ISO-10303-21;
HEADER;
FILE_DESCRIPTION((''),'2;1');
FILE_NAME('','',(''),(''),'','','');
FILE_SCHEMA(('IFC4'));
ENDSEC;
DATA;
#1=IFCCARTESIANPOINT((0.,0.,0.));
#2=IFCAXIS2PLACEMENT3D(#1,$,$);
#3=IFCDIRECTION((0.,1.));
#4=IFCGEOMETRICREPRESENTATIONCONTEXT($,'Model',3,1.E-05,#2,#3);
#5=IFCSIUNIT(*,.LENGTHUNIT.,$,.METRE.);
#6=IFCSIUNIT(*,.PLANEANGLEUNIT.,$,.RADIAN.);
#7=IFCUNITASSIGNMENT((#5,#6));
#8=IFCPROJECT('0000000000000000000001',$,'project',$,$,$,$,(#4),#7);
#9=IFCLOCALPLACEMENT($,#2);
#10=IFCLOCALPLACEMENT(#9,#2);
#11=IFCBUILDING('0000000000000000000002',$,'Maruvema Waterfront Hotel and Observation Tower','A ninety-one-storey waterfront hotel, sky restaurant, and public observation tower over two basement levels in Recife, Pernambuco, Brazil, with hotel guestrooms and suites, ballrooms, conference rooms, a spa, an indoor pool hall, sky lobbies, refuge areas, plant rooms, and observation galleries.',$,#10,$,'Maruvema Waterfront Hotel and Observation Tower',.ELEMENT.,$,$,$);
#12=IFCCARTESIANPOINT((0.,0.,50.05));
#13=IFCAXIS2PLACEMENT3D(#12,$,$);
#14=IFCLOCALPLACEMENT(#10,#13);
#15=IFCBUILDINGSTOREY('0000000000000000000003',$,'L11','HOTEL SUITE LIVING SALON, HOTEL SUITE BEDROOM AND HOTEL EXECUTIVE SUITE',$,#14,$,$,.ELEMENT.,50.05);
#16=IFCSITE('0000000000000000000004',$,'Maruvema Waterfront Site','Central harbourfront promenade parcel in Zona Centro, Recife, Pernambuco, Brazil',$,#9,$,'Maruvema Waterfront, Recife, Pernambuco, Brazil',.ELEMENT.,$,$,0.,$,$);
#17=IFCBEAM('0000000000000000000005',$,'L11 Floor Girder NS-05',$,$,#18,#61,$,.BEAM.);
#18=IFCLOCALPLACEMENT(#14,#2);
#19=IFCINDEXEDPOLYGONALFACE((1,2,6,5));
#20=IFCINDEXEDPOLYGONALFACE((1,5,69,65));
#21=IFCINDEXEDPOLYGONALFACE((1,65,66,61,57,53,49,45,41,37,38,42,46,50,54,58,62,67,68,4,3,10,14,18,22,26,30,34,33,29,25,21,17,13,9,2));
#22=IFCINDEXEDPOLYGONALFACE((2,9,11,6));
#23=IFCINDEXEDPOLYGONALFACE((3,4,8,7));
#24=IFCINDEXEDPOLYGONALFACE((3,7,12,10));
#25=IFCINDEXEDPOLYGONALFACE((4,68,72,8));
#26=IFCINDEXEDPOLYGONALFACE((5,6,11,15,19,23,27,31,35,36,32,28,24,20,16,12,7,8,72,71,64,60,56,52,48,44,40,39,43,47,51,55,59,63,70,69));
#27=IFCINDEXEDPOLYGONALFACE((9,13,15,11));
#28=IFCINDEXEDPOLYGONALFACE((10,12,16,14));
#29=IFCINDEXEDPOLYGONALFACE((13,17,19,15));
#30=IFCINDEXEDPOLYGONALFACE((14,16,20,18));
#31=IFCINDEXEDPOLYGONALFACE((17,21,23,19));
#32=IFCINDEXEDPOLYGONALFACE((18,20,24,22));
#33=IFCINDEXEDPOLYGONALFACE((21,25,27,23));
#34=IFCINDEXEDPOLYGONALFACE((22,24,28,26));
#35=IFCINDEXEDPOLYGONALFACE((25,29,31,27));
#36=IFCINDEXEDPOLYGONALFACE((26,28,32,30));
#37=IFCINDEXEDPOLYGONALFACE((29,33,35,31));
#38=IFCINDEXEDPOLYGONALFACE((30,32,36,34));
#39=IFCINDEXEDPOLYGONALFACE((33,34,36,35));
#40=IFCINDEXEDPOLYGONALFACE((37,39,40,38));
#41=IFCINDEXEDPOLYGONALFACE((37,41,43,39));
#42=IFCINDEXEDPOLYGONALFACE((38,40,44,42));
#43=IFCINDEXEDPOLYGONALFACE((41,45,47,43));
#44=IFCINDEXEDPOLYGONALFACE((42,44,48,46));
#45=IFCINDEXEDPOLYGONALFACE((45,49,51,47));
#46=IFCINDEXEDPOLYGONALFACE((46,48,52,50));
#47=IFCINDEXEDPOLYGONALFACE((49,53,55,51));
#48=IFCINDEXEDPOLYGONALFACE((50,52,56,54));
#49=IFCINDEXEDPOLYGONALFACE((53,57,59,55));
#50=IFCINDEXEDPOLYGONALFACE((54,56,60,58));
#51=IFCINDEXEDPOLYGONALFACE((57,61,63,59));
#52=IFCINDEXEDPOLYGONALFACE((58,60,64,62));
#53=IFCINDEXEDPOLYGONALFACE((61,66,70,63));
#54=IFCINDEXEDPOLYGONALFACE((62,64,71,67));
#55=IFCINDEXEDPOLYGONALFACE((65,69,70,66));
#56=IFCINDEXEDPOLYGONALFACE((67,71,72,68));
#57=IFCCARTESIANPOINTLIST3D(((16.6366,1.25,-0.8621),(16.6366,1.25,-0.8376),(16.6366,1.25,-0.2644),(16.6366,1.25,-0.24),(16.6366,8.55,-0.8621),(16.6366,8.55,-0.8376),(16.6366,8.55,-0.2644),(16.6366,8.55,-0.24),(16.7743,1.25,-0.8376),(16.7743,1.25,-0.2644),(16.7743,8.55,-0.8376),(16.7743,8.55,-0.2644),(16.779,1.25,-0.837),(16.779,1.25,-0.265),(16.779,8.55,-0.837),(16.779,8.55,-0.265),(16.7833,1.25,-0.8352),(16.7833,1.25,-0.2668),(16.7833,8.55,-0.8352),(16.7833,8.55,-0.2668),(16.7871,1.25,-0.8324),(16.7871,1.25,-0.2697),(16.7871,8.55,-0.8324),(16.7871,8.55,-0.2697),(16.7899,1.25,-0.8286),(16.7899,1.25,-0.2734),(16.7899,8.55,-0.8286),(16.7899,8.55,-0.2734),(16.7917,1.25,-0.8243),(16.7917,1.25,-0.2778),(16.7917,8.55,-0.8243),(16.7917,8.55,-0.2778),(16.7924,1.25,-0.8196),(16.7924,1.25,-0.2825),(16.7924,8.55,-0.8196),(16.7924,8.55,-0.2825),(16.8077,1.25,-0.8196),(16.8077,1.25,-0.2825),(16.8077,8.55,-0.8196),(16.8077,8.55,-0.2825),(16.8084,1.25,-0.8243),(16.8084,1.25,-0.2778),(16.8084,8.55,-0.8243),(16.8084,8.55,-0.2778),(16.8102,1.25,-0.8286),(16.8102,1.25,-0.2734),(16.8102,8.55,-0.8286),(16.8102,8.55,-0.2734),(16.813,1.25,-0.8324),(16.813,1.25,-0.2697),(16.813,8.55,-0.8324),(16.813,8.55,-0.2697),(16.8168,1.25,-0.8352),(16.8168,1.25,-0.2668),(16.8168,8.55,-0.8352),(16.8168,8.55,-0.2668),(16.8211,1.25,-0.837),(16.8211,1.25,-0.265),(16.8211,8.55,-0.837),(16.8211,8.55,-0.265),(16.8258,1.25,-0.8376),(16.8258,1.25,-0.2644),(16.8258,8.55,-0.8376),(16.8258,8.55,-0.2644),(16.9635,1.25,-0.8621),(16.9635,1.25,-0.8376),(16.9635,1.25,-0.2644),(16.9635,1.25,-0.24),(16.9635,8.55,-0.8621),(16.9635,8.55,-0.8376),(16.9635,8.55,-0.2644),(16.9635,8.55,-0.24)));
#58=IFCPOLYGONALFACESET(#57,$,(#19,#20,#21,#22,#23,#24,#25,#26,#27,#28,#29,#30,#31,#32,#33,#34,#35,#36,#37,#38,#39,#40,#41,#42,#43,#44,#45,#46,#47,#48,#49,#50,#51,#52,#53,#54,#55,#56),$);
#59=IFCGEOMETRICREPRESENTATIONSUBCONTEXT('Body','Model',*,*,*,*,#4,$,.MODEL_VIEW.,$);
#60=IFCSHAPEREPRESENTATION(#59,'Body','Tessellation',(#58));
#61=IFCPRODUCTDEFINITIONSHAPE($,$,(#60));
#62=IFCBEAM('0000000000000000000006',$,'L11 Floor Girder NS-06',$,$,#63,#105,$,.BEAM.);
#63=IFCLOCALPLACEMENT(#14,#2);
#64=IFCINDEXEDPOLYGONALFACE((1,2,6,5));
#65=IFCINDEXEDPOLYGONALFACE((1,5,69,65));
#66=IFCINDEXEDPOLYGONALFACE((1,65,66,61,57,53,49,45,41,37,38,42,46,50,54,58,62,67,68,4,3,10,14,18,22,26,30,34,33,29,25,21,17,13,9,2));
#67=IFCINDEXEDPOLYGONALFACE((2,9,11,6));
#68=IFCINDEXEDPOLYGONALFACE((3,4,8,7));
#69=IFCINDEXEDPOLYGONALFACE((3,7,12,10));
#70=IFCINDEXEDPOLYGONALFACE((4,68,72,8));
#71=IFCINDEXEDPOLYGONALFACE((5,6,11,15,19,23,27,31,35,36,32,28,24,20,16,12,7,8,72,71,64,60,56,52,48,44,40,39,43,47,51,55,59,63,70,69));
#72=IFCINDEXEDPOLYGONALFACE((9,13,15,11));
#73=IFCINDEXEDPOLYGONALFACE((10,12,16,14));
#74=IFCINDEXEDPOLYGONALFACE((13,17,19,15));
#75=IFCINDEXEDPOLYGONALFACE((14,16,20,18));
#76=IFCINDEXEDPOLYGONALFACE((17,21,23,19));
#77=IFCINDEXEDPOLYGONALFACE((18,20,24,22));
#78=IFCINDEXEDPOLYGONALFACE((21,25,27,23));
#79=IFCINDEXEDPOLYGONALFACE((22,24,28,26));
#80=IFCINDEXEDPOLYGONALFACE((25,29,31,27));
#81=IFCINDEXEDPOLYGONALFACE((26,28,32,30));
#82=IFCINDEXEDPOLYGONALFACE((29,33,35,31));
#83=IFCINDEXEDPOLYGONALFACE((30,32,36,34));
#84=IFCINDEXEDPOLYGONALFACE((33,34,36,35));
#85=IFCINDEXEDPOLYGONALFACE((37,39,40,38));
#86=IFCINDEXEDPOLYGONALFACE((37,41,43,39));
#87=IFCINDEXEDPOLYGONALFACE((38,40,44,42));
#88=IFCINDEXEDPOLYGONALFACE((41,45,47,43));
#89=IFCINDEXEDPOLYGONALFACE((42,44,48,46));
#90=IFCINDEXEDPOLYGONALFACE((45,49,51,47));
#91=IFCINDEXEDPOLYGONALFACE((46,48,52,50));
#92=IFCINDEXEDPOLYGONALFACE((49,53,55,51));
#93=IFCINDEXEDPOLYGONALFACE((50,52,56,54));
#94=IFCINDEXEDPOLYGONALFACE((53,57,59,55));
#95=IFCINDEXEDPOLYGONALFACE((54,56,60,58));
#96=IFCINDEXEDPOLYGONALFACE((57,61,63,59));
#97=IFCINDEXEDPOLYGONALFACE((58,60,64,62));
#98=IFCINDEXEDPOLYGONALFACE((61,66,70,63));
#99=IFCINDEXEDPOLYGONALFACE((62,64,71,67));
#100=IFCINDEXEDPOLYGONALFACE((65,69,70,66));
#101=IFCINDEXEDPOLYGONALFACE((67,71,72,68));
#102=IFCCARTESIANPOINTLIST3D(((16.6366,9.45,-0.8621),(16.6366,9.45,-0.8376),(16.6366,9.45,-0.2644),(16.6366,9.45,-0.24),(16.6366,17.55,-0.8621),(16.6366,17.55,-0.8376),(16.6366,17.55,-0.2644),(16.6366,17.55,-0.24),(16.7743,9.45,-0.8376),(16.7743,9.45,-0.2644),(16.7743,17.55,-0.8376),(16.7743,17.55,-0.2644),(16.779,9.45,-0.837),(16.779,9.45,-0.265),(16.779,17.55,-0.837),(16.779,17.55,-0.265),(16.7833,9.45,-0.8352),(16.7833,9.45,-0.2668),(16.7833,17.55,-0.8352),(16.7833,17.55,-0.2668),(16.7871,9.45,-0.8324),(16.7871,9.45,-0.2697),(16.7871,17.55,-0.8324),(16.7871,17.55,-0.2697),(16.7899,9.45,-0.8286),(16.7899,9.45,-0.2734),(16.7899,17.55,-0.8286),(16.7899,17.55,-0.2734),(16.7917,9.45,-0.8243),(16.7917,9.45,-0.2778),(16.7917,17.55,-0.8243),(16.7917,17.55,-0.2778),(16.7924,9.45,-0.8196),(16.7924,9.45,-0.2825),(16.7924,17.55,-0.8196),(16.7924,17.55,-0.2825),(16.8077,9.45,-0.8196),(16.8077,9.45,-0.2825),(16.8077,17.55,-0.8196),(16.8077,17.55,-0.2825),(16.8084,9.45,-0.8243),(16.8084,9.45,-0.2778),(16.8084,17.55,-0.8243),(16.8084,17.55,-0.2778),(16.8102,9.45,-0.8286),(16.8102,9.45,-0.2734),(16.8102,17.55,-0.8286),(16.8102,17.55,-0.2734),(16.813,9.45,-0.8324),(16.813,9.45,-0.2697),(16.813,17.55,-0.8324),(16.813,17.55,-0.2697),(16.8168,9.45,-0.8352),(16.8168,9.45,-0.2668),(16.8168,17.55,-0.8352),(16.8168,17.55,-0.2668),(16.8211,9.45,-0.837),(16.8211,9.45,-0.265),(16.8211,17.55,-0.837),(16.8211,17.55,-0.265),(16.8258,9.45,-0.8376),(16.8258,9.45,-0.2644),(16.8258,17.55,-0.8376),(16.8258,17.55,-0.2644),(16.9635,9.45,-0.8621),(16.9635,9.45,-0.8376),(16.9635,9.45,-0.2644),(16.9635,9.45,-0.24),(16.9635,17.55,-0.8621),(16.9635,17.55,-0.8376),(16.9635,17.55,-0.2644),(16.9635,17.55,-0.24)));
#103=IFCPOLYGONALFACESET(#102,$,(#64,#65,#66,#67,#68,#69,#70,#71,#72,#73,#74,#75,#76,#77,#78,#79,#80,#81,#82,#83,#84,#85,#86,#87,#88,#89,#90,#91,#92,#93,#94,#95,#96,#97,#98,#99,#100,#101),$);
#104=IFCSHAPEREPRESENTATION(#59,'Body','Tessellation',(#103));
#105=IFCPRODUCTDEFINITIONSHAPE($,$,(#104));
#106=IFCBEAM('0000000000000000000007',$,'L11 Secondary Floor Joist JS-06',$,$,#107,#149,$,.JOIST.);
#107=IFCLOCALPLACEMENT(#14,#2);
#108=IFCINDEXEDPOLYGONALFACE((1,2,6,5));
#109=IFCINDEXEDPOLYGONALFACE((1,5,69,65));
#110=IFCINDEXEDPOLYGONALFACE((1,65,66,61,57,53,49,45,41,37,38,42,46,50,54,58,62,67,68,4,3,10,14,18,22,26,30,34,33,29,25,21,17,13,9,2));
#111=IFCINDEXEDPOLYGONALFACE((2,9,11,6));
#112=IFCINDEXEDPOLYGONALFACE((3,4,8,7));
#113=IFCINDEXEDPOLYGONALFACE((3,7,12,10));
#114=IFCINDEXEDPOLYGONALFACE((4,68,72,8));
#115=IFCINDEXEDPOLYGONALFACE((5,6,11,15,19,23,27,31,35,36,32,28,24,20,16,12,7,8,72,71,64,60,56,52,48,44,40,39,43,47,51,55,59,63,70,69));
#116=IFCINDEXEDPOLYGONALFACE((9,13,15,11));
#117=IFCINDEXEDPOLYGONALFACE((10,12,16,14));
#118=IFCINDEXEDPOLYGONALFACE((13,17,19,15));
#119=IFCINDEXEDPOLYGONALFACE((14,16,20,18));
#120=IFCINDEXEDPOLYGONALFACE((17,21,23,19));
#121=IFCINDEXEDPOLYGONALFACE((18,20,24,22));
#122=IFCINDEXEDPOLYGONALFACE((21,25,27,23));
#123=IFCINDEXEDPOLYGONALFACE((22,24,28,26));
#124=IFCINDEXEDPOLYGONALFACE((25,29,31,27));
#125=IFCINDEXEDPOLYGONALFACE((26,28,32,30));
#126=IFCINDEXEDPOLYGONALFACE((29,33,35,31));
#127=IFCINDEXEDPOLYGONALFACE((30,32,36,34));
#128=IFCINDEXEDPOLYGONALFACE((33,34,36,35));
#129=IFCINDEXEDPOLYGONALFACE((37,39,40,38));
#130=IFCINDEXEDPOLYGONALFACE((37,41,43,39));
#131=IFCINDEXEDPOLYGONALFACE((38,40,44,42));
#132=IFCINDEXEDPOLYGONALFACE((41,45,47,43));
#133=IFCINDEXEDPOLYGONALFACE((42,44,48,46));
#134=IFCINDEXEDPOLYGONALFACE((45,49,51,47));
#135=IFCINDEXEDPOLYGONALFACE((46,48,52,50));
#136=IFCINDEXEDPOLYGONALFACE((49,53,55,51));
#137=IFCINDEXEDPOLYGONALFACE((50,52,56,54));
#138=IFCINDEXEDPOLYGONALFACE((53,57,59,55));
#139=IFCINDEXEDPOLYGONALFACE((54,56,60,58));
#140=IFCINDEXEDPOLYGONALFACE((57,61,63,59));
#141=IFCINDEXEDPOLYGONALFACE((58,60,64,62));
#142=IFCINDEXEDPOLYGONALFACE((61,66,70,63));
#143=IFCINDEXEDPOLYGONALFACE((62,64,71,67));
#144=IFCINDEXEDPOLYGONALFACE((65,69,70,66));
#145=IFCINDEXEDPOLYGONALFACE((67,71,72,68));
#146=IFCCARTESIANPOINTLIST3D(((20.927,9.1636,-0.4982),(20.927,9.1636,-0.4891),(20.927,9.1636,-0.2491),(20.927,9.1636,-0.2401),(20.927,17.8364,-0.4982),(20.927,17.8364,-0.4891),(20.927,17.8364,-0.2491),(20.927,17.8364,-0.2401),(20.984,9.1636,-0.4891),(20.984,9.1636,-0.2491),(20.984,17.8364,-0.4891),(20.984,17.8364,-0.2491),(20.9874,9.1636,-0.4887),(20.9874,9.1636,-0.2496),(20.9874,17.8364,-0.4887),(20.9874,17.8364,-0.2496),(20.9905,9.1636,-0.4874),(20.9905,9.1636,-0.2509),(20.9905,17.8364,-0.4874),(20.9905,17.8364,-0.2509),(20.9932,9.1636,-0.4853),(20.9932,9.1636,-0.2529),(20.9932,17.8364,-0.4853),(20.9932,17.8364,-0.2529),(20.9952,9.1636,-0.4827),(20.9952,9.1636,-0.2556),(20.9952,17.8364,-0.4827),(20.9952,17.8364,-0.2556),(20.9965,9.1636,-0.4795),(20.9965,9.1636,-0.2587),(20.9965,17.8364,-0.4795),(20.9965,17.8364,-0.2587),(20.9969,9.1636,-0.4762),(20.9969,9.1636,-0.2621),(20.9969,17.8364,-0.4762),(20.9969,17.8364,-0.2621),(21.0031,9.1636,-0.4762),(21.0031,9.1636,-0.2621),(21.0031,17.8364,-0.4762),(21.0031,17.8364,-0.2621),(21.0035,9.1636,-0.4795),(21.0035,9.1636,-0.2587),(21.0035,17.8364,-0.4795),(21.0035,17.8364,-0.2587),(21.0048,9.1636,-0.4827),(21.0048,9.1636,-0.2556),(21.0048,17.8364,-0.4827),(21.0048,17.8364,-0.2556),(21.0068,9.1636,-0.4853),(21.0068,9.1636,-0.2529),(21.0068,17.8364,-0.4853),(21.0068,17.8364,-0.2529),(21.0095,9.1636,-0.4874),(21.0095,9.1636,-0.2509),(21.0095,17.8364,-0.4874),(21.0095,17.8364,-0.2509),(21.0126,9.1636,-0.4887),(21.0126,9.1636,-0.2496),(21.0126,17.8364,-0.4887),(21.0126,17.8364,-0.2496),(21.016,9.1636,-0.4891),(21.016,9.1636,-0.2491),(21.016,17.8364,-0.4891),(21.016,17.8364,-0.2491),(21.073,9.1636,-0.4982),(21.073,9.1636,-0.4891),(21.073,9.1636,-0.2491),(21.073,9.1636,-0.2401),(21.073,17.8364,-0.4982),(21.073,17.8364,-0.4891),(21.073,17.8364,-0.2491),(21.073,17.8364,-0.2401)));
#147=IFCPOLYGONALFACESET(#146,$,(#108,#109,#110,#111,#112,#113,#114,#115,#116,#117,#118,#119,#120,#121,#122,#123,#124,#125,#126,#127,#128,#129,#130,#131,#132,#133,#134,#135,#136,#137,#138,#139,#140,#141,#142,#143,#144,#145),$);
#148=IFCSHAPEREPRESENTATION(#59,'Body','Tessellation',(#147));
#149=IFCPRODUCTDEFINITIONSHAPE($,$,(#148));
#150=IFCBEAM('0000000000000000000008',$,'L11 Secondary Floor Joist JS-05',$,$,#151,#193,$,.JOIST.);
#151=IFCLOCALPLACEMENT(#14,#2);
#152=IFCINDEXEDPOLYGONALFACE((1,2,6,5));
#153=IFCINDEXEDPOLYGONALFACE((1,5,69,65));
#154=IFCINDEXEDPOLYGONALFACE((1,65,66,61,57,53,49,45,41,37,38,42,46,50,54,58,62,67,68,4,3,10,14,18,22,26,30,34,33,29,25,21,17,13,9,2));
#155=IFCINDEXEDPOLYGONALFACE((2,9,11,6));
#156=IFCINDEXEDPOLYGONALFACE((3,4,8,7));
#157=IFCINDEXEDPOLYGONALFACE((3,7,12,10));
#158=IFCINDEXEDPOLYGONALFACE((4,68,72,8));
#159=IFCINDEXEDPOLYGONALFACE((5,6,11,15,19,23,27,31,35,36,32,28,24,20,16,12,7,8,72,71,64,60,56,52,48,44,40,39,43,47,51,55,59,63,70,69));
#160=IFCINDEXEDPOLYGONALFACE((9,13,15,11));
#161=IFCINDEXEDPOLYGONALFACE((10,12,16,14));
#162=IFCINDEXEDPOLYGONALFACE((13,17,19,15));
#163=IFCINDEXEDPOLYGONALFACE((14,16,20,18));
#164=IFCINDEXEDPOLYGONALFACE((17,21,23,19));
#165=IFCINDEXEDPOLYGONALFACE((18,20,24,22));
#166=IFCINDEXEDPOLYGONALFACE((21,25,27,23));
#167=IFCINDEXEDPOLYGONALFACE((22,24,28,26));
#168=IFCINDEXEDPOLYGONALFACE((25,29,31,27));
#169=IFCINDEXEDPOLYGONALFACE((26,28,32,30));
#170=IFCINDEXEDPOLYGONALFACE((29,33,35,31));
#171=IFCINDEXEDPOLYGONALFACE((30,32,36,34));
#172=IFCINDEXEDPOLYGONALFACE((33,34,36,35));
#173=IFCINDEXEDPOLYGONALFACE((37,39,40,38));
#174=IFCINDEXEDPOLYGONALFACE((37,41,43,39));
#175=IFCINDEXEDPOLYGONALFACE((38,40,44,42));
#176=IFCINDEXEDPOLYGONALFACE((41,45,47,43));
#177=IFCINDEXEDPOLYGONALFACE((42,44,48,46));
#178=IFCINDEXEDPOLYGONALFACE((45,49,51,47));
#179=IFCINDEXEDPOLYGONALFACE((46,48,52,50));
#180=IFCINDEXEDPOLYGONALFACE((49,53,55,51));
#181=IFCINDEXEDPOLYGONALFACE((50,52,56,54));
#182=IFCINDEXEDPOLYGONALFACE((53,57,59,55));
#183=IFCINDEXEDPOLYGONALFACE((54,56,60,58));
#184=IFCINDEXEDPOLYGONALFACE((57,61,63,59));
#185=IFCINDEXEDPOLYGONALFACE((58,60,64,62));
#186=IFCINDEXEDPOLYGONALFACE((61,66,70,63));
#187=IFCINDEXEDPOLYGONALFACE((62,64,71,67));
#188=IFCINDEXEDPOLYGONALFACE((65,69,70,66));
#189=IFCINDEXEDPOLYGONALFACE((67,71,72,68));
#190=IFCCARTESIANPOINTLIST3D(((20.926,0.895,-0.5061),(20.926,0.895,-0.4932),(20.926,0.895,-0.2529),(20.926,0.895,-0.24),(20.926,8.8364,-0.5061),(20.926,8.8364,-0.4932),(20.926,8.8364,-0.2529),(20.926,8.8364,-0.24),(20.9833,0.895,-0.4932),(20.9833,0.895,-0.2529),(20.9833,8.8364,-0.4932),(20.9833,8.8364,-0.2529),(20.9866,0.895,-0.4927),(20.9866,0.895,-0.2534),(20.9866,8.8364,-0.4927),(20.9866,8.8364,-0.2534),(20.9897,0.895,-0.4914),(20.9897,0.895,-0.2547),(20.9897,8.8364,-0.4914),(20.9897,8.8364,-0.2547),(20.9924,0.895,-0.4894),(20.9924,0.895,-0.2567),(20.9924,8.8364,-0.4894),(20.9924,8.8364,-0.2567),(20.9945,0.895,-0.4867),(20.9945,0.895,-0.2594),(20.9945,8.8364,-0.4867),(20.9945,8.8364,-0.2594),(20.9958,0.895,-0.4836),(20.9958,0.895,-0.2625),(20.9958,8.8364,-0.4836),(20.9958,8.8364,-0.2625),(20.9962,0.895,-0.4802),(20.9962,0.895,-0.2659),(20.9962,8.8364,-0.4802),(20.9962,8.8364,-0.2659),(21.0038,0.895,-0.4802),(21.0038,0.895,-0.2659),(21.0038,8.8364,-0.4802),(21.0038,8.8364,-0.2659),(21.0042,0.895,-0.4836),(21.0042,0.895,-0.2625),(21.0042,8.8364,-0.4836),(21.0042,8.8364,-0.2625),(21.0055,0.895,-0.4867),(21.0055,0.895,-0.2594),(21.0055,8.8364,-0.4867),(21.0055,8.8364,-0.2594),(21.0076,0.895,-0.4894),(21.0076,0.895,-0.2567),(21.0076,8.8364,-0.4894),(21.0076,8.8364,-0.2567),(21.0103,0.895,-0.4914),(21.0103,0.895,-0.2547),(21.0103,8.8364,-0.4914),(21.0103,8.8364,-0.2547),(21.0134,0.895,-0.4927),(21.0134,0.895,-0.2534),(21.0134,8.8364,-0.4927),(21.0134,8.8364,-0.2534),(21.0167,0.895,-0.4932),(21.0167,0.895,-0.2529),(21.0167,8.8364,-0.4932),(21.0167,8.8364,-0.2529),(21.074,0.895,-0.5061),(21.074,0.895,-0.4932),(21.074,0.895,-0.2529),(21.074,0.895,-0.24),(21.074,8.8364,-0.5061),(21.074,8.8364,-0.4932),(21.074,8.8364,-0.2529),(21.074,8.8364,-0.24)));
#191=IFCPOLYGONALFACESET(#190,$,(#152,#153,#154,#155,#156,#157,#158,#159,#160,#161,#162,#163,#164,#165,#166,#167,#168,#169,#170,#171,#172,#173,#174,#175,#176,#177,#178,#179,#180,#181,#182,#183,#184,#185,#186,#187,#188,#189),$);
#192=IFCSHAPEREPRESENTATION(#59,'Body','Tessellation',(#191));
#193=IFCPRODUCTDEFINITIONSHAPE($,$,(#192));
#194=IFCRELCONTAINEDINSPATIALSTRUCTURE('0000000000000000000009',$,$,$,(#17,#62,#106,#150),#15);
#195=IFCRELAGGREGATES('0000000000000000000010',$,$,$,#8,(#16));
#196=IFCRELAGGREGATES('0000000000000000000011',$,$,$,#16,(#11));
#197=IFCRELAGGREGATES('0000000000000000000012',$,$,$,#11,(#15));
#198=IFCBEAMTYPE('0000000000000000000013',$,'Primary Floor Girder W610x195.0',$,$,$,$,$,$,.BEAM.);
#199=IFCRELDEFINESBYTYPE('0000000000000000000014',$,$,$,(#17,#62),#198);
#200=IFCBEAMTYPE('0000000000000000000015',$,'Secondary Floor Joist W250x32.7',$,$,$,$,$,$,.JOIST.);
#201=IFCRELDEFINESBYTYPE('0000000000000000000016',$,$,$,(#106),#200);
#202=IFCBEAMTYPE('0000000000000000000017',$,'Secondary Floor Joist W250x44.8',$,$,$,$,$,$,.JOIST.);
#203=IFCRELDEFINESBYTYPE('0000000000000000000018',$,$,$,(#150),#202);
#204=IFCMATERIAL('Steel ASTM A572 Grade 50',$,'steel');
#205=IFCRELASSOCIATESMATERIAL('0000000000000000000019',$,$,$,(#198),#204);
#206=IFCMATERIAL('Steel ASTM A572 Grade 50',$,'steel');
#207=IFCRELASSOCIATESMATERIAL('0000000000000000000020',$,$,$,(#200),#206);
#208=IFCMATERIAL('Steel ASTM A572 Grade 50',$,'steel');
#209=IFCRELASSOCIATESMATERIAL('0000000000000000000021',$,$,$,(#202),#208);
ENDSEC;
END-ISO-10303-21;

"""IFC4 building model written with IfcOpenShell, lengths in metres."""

from ifc_helpers import new_model, si_unit, direction, frame, origin, origin_2d, place, context, subcontext, project, spatial, i_section, extrude, material, material_profile, profile_set, type_object, element, save


model = new_model("IFC4")

# Units and contexts
model_context = context("Model", 3, precision=1e-05, world=origin(), true_north=direction((0.0, 1.0)))
body_context = subcontext(model_context, "Body", "Model", "MODEL_VIEW")
ifc_project = project(units=[si_unit("LENGTHUNIT", "METRE"), si_unit("PLANEANGLEUNIT", "RADIAN")], contexts=[model_context])

# Site, building, storey
site_placement = place(None, origin())
site = spatial("IfcSite", under=ifc_project, at=site_placement, Name="Maruvema Waterfront Site", Description="Central harbourfront promenade parcel in Zona Centro, Recife, Pernambuco, Brazil", LongName="Maruvema Waterfront, Recife, Pernambuco, Brazil", CompositionType="ELEMENT", RefElevation=0.0)
building_placement = place(site_placement, origin())
building = spatial("IfcBuilding", under=site, at=building_placement, Name="Maruvema Waterfront Hotel and Observation Tower", Description="A ninety-one-storey waterfront hotel, sky restaurant, and public observation tower over two basement levels in Recife, Pernambuco, Brazil, with hotel guestrooms and suites, ballrooms, conference rooms, a spa, an indoor pool hall, sky lobbies, refuge areas, plant rooms, and observation galleries.", LongName="Maruvema Waterfront Hotel and Observation Tower", CompositionType="ELEMENT")
storey_placement = place(building_placement, frame((0.0, 0.0, 50.05)))
storey = spatial("IfcBuildingStorey", under=building, at=storey_placement, Name="L11", Description="HOTEL SUITE LIVING SALON, HOTEL SUITE BEDROOM AND HOTEL EXECUTIVE SUITE", CompositionType="ELEMENT", Elevation=50.05)

# Beams
ifc_material_1 = material(Name="Steel ASTM A572 Grade 50", Category="steel")
ifc_material_profile_1 = material_profile(ifc_material_1, i_section(OverallWidth=0.3269, OverallDepth=0.6221, WebThickness=0.0154, FlangeThickness=0.0244, FilletRadius=0.0181, at=origin_2d()), Name="W610x195.0")
ifc_profile_set_1 = profile_set([ifc_material_profile_1], Name="Steel ASTM A572 Grade 50")
beam_type_1 = type_object("IfcBeamType", Name="Primary Floor Girder W610x195.0", PredefinedType="BEAM", material=ifc_profile_set_1)
beam_1_placement = place(storey_placement, frame((16.8, 1.25, -0.551), z_axis=(0.0, 1.0, 0.0), x_axis=(-1.0, 0.0, 0.0)))
element("IfcBeam", 1, at=beam_1_placement, inside=storey, type_object=beam_type_1, Name="L11 Floor Girder NS-05", PredefinedType="BEAM", context=body_context, shape_type="SweptSolid", body=[
    extrude(i_section(OverallWidth=0.3269, OverallDepth=0.6221, WebThickness=0.0154, FlangeThickness=0.0244, FilletRadius=0.0181, at=origin_2d()), origin(), (0.0, 0.0, 1.0), 7.3),
])
beam_2_placement = place(storey_placement, frame((16.8, 9.45, -0.551), z_axis=(0.0, 1.0, 0.0), x_axis=(-1.0, 0.0, 0.0)))
element("IfcBeam", 2, at=beam_2_placement, inside=storey, type_object=beam_type_1, Name="L11 Floor Girder NS-06", PredefinedType="BEAM", context=body_context, shape_type="SweptSolid", body=[
    extrude(i_section(OverallWidth=0.3269, OverallDepth=0.6221, WebThickness=0.0154, FlangeThickness=0.0244, FilletRadius=0.0181, at=origin_2d()), origin(), (0.0, 0.0, 1.0), 8.1001),
])
ifc_material_2 = material(Name="Steel ASTM A572 Grade 50", Category="steel")
ifc_material_profile_2 = material_profile(ifc_material_2, i_section(OverallWidth=0.146, OverallDepth=0.2581, WebThickness=0.0061, FlangeThickness=0.009, FilletRadius=0.0129, at=origin_2d()), Name="W250x32.7")
ifc_profile_set_2 = profile_set([ifc_material_profile_2], Name="Steel ASTM A572 Grade 50")
beam_type_2 = type_object("IfcBeamType", Name="Secondary Floor Joist W250x32.7", PredefinedType="JOIST", material=ifc_profile_set_2)
beam_3_placement = place(storey_placement, frame((21.0, 9.1636, -0.3691), z_axis=(0.0, 1.0, 0.0), x_axis=(-1.0, 0.0, 0.0)))
element("IfcBeam", 3, at=beam_3_placement, inside=storey, type_object=beam_type_2, Name="L11 Secondary Floor Joist JS-06", PredefinedType="JOIST", context=body_context, shape_type="SweptSolid", body=[
    extrude(i_section(OverallWidth=0.146, OverallDepth=0.2581, WebThickness=0.0061, FlangeThickness=0.009, FilletRadius=0.0129, at=origin_2d()), origin(), (0.0, 0.0, 1.0), 8.6729),
])
ifc_material_3 = material(Name="Steel ASTM A572 Grade 50", Category="steel")
ifc_material_profile_3 = material_profile(ifc_material_3, i_section(OverallWidth=0.1479, OverallDepth=0.2661, WebThickness=0.0076, FlangeThickness=0.0129, FilletRadius=0.0129, at=origin_2d()), Name="W250x44.8")
ifc_profile_set_3 = profile_set([ifc_material_profile_3], Name="Steel ASTM A572 Grade 50")
beam_type_3 = type_object("IfcBeamType", Name="Secondary Floor Joist W250x44.8", PredefinedType="JOIST", material=ifc_profile_set_3)
beam_4_placement = place(storey_placement, frame((21.0, 0.895, -0.373), z_axis=(0.0, 1.0, 0.0), x_axis=(-1.0, 0.0, 0.0)))
element("IfcBeam", 4, at=beam_4_placement, inside=storey, type_object=beam_type_3, Name="L11 Secondary Floor Joist JS-05", PredefinedType="JOIST", context=body_context, shape_type="SweptSolid", body=[
    extrude(i_section(OverallWidth=0.1479, OverallDepth=0.2661, WebThickness=0.0076, FlangeThickness=0.0129, FilletRadius=0.0129, at=origin_2d()), origin(), (0.0, 0.0, 1.0), 7.9414),
])

save(model, "model.ifc")
